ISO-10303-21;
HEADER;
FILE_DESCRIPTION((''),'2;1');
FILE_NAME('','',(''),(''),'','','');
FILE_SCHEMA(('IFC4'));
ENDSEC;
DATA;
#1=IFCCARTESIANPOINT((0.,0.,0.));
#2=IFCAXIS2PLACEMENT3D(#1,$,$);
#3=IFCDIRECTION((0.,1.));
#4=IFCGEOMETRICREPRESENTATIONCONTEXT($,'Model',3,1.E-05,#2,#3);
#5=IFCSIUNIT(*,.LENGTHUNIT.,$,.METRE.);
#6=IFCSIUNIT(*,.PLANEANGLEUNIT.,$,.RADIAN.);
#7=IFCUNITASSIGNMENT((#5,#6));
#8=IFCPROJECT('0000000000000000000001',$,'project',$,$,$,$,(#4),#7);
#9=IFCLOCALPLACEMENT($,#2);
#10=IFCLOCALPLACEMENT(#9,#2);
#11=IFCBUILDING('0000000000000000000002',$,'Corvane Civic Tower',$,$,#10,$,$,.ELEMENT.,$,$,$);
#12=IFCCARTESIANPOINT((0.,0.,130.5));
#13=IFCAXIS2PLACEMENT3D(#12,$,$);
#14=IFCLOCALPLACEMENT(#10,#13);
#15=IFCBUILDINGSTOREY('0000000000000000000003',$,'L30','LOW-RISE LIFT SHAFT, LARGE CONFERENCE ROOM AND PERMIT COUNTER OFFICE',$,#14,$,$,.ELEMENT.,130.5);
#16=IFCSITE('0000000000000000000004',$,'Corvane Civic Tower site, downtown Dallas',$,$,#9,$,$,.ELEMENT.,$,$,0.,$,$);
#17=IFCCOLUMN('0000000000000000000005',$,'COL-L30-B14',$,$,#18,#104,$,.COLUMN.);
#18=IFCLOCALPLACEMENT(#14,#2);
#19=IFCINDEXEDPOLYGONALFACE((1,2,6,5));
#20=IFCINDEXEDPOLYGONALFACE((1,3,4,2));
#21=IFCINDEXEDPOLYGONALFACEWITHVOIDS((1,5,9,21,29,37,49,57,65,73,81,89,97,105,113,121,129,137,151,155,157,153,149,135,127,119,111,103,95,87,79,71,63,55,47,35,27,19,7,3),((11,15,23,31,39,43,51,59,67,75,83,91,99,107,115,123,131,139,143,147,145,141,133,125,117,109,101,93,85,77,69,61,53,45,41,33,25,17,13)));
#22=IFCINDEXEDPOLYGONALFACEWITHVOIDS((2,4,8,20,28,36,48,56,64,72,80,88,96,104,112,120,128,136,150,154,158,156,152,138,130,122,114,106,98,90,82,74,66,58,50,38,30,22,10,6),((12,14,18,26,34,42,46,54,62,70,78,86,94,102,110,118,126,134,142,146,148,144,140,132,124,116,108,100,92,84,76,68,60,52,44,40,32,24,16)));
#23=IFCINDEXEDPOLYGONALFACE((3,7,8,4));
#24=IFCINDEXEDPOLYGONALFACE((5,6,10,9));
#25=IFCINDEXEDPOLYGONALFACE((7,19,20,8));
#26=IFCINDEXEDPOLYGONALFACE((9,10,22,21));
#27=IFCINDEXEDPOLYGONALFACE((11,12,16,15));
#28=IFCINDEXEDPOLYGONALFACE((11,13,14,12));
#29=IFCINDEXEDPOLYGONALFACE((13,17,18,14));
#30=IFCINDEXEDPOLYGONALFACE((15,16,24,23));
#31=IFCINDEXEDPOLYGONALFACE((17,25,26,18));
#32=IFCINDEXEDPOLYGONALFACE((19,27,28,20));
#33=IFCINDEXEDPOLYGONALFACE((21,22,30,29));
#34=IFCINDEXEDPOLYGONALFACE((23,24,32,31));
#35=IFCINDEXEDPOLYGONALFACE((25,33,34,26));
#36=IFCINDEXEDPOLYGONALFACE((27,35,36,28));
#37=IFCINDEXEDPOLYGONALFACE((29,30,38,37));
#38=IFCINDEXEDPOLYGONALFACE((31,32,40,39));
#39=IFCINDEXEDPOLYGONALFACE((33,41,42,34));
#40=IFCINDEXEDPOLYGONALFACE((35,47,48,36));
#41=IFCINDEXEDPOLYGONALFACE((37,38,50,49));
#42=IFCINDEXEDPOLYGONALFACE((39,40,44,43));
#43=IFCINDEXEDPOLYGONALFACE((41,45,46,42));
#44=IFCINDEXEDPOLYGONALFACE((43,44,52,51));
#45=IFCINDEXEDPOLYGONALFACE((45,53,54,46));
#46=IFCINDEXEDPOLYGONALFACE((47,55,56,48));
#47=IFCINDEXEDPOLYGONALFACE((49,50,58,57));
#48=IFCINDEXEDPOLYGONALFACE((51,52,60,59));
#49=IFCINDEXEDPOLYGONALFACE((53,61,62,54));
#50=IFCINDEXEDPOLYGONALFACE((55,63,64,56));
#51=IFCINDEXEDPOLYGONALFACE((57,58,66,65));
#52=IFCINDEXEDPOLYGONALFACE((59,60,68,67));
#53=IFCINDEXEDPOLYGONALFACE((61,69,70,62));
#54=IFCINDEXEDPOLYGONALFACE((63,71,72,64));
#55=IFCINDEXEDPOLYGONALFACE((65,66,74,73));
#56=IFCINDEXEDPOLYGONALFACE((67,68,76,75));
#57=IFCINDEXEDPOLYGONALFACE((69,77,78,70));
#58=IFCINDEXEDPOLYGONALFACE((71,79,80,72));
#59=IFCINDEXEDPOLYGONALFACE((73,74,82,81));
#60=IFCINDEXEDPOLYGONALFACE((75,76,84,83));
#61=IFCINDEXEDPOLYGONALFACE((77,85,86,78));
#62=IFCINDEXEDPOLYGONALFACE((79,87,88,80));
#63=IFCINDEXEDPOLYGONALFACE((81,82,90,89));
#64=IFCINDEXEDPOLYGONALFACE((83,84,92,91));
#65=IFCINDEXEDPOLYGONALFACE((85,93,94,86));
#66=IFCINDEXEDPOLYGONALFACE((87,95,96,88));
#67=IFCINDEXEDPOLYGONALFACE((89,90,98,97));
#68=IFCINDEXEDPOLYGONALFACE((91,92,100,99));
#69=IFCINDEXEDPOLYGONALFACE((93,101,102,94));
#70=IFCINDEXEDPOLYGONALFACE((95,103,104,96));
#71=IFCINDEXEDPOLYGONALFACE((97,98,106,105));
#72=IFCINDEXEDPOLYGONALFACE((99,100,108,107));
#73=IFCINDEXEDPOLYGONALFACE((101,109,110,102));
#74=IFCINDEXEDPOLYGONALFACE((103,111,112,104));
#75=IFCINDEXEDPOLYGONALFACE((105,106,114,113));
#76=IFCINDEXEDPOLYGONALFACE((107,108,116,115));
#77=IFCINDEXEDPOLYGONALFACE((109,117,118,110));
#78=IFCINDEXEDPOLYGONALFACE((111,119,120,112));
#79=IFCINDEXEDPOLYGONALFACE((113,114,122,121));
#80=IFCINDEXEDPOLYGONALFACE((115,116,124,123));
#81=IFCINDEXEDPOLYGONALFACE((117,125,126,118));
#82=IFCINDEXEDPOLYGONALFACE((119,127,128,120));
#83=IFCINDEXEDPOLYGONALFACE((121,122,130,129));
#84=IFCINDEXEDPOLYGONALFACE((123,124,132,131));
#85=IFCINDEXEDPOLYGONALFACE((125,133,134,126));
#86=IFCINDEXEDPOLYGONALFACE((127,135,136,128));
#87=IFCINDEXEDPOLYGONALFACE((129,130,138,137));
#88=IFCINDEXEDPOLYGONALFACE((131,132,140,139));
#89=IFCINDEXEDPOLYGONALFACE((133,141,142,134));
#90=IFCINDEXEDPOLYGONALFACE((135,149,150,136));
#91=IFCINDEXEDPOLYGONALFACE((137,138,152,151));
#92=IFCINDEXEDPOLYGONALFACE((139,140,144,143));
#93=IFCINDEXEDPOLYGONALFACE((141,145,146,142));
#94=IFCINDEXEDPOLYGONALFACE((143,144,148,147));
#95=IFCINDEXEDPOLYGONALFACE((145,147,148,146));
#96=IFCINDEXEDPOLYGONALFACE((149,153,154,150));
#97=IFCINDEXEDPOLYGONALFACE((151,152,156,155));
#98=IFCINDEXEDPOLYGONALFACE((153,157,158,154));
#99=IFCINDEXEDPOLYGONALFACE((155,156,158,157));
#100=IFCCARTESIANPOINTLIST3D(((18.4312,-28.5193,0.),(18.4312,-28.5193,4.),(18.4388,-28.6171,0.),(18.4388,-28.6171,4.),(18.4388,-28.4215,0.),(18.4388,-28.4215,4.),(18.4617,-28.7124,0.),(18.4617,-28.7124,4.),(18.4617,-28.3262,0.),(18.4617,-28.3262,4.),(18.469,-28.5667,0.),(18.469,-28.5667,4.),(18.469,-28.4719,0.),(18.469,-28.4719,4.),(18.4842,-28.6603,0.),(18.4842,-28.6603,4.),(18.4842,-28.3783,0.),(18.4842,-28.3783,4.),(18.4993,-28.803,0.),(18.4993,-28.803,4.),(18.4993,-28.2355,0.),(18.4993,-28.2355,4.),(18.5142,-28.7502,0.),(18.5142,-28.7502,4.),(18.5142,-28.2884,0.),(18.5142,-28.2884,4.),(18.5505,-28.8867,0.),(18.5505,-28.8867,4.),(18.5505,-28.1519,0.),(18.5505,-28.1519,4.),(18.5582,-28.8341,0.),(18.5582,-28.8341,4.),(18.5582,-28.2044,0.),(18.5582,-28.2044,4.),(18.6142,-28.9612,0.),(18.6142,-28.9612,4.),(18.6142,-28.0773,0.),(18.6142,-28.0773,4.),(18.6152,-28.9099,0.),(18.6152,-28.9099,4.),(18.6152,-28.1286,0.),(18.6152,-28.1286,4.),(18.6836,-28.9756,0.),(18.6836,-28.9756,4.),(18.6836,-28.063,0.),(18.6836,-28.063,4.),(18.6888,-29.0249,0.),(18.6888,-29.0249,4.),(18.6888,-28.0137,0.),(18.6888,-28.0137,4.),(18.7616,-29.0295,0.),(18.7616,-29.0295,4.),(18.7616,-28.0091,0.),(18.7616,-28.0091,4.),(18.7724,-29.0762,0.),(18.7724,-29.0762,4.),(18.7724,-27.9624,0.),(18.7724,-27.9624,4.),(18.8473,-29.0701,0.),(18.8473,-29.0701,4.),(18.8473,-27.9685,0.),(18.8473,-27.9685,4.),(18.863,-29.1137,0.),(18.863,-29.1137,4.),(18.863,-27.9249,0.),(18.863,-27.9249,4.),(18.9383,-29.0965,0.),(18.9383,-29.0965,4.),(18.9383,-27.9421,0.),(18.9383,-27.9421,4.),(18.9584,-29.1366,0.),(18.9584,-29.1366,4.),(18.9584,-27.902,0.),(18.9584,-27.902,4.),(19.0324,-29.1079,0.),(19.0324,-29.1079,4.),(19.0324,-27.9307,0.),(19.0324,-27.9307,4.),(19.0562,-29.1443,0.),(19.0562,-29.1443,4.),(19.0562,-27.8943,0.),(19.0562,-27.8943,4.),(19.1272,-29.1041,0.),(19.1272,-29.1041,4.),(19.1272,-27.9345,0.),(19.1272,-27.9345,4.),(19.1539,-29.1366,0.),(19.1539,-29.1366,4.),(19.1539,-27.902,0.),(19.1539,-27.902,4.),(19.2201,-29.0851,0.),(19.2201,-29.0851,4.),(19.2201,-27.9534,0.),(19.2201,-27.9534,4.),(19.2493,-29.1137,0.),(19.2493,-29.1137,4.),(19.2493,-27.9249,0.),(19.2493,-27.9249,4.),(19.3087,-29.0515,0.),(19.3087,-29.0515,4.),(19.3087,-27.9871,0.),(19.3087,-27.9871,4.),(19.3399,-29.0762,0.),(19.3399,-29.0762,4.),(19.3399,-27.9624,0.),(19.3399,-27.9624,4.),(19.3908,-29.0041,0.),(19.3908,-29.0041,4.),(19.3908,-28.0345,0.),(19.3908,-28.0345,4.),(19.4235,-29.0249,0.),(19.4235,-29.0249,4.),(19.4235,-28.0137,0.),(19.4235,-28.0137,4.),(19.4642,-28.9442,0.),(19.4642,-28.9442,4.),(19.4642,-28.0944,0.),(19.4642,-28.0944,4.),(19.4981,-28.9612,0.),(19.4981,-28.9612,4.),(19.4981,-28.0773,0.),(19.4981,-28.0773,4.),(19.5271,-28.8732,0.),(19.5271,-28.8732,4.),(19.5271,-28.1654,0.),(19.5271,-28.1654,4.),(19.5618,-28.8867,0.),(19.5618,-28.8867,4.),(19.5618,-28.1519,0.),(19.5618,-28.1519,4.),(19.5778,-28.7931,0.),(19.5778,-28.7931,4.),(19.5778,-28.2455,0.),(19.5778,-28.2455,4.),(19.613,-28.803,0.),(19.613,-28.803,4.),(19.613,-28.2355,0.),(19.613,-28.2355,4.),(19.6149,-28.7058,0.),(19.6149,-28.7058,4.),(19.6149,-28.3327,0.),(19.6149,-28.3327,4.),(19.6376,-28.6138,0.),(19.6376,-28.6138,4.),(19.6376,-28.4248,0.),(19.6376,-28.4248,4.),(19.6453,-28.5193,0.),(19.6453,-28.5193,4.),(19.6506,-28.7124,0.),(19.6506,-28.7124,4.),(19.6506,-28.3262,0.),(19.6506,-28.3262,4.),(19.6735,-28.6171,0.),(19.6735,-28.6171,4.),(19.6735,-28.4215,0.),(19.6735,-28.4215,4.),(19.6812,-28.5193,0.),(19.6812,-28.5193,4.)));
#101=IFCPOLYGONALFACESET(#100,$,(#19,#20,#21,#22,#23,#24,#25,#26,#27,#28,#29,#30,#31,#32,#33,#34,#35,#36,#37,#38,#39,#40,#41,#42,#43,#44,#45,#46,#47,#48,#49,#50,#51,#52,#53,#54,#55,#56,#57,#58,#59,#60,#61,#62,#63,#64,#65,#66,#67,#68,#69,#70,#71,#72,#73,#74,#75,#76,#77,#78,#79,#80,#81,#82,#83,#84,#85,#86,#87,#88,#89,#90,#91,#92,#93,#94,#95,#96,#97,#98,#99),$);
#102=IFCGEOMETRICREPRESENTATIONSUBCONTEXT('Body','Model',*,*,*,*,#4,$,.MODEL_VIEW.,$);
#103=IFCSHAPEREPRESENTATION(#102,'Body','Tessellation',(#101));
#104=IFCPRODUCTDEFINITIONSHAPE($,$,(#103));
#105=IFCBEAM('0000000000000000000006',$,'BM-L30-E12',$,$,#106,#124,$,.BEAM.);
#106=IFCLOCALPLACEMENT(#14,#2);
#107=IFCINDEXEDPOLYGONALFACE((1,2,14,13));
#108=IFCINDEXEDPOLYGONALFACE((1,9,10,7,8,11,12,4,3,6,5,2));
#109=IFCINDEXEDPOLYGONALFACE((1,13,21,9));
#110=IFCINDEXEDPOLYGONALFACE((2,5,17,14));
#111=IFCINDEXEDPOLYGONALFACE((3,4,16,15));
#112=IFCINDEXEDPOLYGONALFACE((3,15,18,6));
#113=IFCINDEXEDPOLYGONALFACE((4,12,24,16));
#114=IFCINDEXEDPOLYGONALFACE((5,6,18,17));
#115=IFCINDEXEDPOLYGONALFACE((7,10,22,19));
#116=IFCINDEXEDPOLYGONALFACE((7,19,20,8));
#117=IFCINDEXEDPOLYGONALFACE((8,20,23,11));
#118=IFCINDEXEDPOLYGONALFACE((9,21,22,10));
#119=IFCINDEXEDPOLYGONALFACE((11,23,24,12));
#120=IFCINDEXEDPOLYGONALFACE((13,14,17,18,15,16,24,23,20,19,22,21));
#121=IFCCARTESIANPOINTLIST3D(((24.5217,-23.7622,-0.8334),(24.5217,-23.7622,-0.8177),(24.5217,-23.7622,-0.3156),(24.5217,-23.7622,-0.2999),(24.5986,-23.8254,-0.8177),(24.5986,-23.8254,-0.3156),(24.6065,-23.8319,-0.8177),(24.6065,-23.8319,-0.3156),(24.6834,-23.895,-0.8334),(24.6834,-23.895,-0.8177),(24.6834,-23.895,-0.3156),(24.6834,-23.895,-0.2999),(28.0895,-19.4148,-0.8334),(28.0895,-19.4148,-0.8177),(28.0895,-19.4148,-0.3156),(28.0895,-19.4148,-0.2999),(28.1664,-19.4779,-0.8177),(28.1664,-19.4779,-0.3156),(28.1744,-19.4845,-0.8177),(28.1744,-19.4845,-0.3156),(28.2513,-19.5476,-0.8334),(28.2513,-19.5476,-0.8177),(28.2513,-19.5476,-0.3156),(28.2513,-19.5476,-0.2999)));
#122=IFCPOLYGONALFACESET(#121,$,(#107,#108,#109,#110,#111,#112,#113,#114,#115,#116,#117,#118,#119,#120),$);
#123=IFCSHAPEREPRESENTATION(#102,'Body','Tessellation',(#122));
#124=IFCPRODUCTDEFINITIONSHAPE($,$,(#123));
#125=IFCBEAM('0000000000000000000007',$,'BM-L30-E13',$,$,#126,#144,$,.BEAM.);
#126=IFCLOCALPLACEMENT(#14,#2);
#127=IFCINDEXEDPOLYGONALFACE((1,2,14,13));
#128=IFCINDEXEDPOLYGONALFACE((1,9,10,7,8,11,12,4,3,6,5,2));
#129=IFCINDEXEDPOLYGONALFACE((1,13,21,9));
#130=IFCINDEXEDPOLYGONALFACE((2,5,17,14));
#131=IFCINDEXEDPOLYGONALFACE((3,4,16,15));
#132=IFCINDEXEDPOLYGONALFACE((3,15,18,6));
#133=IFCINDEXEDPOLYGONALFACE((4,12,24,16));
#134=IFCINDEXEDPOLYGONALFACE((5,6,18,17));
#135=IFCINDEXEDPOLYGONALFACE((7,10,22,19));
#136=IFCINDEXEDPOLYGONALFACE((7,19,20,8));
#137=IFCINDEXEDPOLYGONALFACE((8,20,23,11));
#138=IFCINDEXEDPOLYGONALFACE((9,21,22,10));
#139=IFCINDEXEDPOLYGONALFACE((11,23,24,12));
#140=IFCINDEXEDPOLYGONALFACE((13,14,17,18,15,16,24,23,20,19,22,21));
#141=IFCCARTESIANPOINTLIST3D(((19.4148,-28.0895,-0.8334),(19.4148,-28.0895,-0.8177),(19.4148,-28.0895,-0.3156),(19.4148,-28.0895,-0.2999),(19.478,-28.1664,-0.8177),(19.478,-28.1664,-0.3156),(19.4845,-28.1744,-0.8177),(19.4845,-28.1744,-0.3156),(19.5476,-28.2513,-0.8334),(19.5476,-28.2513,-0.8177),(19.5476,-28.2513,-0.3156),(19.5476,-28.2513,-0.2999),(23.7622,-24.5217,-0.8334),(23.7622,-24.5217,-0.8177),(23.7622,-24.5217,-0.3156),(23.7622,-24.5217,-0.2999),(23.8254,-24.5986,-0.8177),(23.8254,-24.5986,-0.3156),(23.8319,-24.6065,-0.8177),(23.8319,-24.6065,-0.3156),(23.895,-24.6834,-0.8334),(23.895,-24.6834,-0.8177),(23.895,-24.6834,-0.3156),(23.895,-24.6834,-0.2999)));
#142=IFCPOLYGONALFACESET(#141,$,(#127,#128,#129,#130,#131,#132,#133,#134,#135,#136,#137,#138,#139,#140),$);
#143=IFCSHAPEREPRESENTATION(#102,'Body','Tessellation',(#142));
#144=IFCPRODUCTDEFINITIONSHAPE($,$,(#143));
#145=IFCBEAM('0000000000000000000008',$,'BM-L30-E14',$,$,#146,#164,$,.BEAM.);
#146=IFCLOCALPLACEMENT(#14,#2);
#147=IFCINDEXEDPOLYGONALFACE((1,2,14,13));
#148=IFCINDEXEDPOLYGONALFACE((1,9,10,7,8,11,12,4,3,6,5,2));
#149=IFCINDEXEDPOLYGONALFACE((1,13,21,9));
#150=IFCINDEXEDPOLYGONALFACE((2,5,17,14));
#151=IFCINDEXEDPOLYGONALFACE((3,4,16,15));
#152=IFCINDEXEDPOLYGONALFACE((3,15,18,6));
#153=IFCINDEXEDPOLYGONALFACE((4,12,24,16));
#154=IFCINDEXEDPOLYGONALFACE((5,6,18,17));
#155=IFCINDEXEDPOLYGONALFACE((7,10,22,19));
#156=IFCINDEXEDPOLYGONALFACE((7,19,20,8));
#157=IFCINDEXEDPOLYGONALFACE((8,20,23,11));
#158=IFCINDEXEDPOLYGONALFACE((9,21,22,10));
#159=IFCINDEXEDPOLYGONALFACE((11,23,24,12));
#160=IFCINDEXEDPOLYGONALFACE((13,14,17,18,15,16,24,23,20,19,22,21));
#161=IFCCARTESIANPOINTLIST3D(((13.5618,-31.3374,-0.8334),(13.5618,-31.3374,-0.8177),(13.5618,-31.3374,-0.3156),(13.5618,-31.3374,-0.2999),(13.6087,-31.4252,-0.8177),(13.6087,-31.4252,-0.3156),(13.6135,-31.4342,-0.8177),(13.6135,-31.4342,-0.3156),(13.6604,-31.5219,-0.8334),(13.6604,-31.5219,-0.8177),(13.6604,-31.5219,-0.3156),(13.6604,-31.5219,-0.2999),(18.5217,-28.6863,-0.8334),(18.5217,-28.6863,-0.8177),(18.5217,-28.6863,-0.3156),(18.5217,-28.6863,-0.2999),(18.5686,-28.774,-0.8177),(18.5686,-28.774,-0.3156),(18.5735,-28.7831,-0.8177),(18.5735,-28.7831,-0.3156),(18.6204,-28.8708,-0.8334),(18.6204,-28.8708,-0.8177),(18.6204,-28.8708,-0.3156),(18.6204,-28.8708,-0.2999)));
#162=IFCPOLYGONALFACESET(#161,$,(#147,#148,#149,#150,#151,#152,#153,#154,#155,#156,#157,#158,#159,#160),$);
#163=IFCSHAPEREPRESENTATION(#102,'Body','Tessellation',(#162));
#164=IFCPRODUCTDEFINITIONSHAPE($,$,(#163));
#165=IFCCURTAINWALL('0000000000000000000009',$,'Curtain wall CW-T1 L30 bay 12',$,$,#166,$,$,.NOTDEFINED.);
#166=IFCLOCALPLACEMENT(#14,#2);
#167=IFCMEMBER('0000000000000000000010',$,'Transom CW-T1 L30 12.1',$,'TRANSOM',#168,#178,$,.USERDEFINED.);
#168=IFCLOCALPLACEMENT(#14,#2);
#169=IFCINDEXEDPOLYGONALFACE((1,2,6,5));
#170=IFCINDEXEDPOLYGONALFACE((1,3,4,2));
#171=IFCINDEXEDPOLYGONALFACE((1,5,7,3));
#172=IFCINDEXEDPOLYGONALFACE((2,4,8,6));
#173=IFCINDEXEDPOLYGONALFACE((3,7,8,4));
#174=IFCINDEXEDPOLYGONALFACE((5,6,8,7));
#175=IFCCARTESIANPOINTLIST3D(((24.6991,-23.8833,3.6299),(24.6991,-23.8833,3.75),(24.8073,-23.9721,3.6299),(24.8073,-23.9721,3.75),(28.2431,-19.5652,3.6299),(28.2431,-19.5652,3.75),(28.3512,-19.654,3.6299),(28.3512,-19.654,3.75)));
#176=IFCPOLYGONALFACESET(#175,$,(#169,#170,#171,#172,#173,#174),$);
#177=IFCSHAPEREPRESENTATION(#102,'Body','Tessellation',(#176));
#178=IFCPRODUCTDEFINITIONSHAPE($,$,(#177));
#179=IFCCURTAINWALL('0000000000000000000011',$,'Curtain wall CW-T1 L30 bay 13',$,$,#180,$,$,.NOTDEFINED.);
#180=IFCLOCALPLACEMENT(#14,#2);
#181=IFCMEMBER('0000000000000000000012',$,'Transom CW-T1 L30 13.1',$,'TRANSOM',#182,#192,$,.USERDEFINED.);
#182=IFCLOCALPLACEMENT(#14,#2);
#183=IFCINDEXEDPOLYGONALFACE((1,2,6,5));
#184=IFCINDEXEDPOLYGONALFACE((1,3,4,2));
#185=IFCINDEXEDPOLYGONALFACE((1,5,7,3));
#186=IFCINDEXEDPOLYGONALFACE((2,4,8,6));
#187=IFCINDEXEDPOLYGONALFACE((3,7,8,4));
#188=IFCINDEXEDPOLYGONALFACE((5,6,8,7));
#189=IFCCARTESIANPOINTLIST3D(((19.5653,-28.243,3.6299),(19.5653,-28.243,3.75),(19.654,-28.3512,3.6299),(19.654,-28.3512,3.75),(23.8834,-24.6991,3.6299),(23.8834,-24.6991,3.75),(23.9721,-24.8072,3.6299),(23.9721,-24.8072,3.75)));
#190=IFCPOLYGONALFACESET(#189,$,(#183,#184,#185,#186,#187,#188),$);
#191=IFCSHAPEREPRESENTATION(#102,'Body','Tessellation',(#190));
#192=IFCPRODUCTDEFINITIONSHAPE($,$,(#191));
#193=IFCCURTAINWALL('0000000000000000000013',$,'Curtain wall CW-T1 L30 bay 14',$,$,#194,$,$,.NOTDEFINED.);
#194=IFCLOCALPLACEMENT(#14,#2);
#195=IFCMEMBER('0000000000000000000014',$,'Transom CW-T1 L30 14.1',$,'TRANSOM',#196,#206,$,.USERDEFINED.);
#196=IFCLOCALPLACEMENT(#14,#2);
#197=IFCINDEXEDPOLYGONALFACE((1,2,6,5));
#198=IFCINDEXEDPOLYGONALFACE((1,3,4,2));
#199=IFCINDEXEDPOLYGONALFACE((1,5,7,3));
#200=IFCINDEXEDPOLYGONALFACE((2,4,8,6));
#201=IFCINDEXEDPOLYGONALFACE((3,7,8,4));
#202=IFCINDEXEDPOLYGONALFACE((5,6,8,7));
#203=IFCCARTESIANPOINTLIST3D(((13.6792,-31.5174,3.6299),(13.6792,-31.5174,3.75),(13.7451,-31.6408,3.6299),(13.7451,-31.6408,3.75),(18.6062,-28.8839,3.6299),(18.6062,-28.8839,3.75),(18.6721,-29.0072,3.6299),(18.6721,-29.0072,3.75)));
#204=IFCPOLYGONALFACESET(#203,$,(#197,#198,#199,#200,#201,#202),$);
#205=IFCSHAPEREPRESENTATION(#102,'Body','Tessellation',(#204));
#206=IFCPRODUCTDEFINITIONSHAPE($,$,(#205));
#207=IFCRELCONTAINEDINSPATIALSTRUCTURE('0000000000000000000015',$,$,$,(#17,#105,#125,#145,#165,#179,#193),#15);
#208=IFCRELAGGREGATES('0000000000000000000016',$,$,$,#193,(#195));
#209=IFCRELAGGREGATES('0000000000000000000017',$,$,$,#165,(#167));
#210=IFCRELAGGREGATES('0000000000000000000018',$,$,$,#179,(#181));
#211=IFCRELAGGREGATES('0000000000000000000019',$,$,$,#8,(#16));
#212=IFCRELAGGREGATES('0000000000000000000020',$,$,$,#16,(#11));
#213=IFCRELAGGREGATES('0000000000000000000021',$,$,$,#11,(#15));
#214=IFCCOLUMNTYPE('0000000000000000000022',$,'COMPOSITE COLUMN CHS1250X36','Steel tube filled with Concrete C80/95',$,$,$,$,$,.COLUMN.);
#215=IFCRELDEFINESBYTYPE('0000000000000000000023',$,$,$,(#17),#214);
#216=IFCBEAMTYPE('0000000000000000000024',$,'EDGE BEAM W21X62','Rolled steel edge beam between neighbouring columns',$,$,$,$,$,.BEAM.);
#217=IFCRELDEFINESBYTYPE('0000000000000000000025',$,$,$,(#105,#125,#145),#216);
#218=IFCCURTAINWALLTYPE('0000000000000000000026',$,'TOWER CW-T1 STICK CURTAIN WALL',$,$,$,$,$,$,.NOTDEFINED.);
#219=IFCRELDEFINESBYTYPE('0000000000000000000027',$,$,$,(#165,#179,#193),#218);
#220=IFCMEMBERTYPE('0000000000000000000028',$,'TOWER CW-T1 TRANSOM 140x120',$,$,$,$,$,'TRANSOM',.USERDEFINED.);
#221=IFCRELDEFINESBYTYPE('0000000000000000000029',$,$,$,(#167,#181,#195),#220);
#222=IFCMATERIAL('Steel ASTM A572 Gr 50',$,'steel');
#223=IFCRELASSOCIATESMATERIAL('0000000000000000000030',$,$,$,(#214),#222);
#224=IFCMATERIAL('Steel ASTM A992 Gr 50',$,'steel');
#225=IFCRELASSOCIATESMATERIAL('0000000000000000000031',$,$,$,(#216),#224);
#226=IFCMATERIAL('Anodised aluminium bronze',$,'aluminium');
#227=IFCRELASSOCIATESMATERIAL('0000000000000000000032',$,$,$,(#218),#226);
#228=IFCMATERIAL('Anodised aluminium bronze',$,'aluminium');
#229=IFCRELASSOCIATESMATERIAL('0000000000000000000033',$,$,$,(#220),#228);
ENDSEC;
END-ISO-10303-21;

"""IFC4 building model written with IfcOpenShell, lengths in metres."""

from ifc_helpers import new_model, si_unit, direction, frame, origin, origin_2d, place, context, subcontext, project, spatial, rectangle, hollow_circle, i_section, extrude, material, material_profile, profile_set, type_object, element, aggregate, save


model = new_model("IFC4")

# Units and contexts
model_context = context("Model", 3, precision=1e-05, world=origin(), true_north=direction((0.0, 1.0)))
body_context = subcontext(model_context, "Body", "Model", "MODEL_VIEW")
ifc_project = project(units=[si_unit("LENGTHUNIT", "METRE"), si_unit("PLANEANGLEUNIT", "RADIAN")], contexts=[model_context])

# Site, building, storey
site_placement = place(None, origin())
site = spatial("IfcSite", under=ifc_project, at=site_placement, Name="Corvane Civic Tower site, downtown Dallas", CompositionType="ELEMENT", RefElevation=0.0)
building_placement = place(site_placement, origin())
building = spatial("IfcBuilding", under=site, at=building_placement, Name="Corvane Civic Tower", CompositionType="ELEMENT")
storey_placement = place(building_placement, frame((0.0, 0.0, 130.5)))
storey = spatial("IfcBuildingStorey", under=building, at=storey_placement, Name="L30", Description="LOW-RISE LIFT SHAFT, LARGE CONFERENCE ROOM AND PERMIT COUNTER OFFICE", CompositionType="ELEMENT", Elevation=130.5)

# Column
ifc_material_1 = material(Name="Steel ASTM A572 Gr 50", Category="steel")
ifc_material_profile_1 = material_profile(ifc_material_1, hollow_circle(Radius=0.625, WallThickness=0.0359, at=origin_2d()), Name="CHS1250X36")
ifc_profile_set_1 = profile_set([ifc_material_profile_1], Name="Steel ASTM A572 Gr 50")
column_type = type_object("IfcColumnType", Name="COMPOSITE COLUMN CHS1250X36", Description="Steel tube filled with Concrete C80/95", PredefinedType="COLUMN", material=ifc_profile_set_1)
for number, where, z_axis, x_axis, name in (
    (1, (19.0562, -28.5193, 0.0), (0.0, 0.0, 1.0), (1.0, 0.0, 0.0), "COL-L30-B14"),
):
    element("IfcColumn", number, at=place(storey_placement, frame(where, z_axis=z_axis, x_axis=x_axis)), inside=storey, type_object=column_type, Name=name, PredefinedType="COLUMN", context=body_context, shape_type="SweptSolid", body=[
        extrude(hollow_circle(Radius=0.625, WallThickness=0.0359, at=origin_2d()), origin(), (0.0, 0.0, 1.0), 4.0),
    ])

# Beams
ifc_material_2 = material(Name="Steel ASTM A992 Gr 50", Category="steel")
ifc_material_profile_2 = material_profile(ifc_material_2, i_section(OverallWidth=0.2092, OverallDepth=0.5334, WebThickness=0.0103, FlangeThickness=0.0156, at=origin_2d()), Name="W21X62")
ifc_profile_set_2 = profile_set([ifc_material_profile_2], Name="Steel ASTM A992 Gr 50")
beam_type = type_object("IfcBeamType", Name="EDGE BEAM W21X62", Description="Rolled steel edge beam between neighbouring columns", PredefinedType="BEAM", material=ifc_profile_set_2)
for number, where, z_axis, x_axis, name in (
    (2, (28.1704, -19.4812, -0.5667), (-0.634398, -0.773007, 0.0), (0.773007, -0.634398, 0.0), "BM-L30-E12"),
    (3, (23.8286, -24.6025, -0.5667), (-0.773007, -0.634398, 0.0), (0.634398, -0.773007, 0.0), "BM-L30-E13"),
    (4, (18.571, -28.7786, -0.5667), (-0.881924, -0.471392, 0.0), (0.471392, -0.881924, 0.0), "BM-L30-E14"),
):
    element("IfcBeam", number, at=place(storey_placement, frame(where, z_axis=z_axis, x_axis=x_axis)), inside=storey, type_object=beam_type, Name=name, PredefinedType="BEAM", context=body_context, shape_type="SweptSolid", body=[
        extrude(i_section(OverallWidth=0.2092, OverallDepth=0.5334, WebThickness=0.0103, FlangeThickness=0.0156, at=origin_2d()), origin(), (0.0, 0.0, 1.0), 5.624),
    ])

# Curtain walls, members
ifc_material_3 = material(Name="Anodised aluminium bronze", Category="aluminium")
curtain_wall_type = type_object("IfcCurtainWallType", Name="TOWER CW-T1 STICK CURTAIN WALL", PredefinedType="NOTDEFINED", material=ifc_material_3)
curtain_wall_1_placement = place(storey_placement, origin())
curtain_wall_1 = element("IfcCurtainWall", 5, at=curtain_wall_1_placement, inside=storey, type_object=curtain_wall_type, Name="Curtain wall CW-T1 L30 bay 12", PredefinedType="NOTDEFINED")
ifc_material_4 = material(Name="Anodised aluminium bronze", Category="aluminium")
ifc_material_profile_3 = material_profile(ifc_material_4, rectangle(XDim=0.1399, YDim=0.1201, at=origin_2d()), Name="TOWER CW-T1 TRANSOM 140x120")
ifc_profile_set_3 = profile_set([ifc_material_profile_3], Name="Anodised aluminium bronze")
member_type = type_object("IfcMemberType", Name="TOWER CW-T1 TRANSOM 140x120", ElementType="TRANSOM", PredefinedType="USERDEFINED", material=ifc_profile_set_3)
member_1_placement = place(storey_placement, frame((28.2971, -19.6096, 3.6899), z_axis=(-0.63441, -0.772996, 0.0), x_axis=(0.772996, -0.63441, 0.0)))
member_1 = element("IfcMember", 6, at=member_1_placement, type_object=member_type, Name="Transom CW-T1 L30 12.1", ObjectType="TRANSOM", PredefinedType="USERDEFINED", context=body_context, shape_type="SweptSolid", body=[
    extrude(rectangle(XDim=0.1399, YDim=0.1201, at=origin_2d()), origin(), (0.0, 0.0, 1.0), 5.5862),
])
curtain_wall_2_placement = place(storey_placement, origin())
curtain_wall_2 = element("IfcCurtainWall", 7, at=curtain_wall_2_placement, inside=storey, type_object=curtain_wall_type, Name="Curtain wall CW-T1 L30 bay 13", PredefinedType="NOTDEFINED")
member_2_placement = place(storey_placement, frame((23.9277, -24.7532, 3.6899), z_axis=(-0.772996, -0.63441, 0.0), x_axis=(0.63441, -0.772996, 0.0)))
member_2 = element("IfcMember", 8, at=member_2_placement, type_object=member_type, Name="Transom CW-T1 L30 13.1", ObjectType="TRANSOM", PredefinedType="USERDEFINED", context=body_context, shape_type="SweptSolid", body=[
    extrude(rectangle(XDim=0.1399, YDim=0.1201, at=origin_2d()), origin(), (0.0, 0.0, 1.0), 5.5862),
])
curtain_wall_3_placement = place(storey_placement, origin())
curtain_wall_3 = element("IfcCurtainWall", 9, at=curtain_wall_3_placement, inside=storey, type_object=curtain_wall_type, Name="Curtain wall CW-T1 L30 bay 14", PredefinedType="NOTDEFINED")
member_3_placement = place(storey_placement, frame((18.6392, -28.9456, 3.6899), z_axis=(-0.881921, -0.471398, 0.0), x_axis=(0.471398, -0.881921, 0.0)))
member_3 = element("IfcMember", 10, at=member_3_placement, type_object=member_type, Name="Transom CW-T1 L30 14.1", ObjectType="TRANSOM", PredefinedType="USERDEFINED", context=body_context, shape_type="SweptSolid", body=[
    extrude(rectangle(XDim=0.1399, YDim=0.1201, at=origin_2d()), origin(), (0.0, 0.0, 1.0), 5.5867),
])
aggregate(curtain_wall_3, [member_3])

aggregate(curtain_wall_1, [member_1])
aggregate(curtain_wall_2, [member_2])

save(model, "model.ifc")
